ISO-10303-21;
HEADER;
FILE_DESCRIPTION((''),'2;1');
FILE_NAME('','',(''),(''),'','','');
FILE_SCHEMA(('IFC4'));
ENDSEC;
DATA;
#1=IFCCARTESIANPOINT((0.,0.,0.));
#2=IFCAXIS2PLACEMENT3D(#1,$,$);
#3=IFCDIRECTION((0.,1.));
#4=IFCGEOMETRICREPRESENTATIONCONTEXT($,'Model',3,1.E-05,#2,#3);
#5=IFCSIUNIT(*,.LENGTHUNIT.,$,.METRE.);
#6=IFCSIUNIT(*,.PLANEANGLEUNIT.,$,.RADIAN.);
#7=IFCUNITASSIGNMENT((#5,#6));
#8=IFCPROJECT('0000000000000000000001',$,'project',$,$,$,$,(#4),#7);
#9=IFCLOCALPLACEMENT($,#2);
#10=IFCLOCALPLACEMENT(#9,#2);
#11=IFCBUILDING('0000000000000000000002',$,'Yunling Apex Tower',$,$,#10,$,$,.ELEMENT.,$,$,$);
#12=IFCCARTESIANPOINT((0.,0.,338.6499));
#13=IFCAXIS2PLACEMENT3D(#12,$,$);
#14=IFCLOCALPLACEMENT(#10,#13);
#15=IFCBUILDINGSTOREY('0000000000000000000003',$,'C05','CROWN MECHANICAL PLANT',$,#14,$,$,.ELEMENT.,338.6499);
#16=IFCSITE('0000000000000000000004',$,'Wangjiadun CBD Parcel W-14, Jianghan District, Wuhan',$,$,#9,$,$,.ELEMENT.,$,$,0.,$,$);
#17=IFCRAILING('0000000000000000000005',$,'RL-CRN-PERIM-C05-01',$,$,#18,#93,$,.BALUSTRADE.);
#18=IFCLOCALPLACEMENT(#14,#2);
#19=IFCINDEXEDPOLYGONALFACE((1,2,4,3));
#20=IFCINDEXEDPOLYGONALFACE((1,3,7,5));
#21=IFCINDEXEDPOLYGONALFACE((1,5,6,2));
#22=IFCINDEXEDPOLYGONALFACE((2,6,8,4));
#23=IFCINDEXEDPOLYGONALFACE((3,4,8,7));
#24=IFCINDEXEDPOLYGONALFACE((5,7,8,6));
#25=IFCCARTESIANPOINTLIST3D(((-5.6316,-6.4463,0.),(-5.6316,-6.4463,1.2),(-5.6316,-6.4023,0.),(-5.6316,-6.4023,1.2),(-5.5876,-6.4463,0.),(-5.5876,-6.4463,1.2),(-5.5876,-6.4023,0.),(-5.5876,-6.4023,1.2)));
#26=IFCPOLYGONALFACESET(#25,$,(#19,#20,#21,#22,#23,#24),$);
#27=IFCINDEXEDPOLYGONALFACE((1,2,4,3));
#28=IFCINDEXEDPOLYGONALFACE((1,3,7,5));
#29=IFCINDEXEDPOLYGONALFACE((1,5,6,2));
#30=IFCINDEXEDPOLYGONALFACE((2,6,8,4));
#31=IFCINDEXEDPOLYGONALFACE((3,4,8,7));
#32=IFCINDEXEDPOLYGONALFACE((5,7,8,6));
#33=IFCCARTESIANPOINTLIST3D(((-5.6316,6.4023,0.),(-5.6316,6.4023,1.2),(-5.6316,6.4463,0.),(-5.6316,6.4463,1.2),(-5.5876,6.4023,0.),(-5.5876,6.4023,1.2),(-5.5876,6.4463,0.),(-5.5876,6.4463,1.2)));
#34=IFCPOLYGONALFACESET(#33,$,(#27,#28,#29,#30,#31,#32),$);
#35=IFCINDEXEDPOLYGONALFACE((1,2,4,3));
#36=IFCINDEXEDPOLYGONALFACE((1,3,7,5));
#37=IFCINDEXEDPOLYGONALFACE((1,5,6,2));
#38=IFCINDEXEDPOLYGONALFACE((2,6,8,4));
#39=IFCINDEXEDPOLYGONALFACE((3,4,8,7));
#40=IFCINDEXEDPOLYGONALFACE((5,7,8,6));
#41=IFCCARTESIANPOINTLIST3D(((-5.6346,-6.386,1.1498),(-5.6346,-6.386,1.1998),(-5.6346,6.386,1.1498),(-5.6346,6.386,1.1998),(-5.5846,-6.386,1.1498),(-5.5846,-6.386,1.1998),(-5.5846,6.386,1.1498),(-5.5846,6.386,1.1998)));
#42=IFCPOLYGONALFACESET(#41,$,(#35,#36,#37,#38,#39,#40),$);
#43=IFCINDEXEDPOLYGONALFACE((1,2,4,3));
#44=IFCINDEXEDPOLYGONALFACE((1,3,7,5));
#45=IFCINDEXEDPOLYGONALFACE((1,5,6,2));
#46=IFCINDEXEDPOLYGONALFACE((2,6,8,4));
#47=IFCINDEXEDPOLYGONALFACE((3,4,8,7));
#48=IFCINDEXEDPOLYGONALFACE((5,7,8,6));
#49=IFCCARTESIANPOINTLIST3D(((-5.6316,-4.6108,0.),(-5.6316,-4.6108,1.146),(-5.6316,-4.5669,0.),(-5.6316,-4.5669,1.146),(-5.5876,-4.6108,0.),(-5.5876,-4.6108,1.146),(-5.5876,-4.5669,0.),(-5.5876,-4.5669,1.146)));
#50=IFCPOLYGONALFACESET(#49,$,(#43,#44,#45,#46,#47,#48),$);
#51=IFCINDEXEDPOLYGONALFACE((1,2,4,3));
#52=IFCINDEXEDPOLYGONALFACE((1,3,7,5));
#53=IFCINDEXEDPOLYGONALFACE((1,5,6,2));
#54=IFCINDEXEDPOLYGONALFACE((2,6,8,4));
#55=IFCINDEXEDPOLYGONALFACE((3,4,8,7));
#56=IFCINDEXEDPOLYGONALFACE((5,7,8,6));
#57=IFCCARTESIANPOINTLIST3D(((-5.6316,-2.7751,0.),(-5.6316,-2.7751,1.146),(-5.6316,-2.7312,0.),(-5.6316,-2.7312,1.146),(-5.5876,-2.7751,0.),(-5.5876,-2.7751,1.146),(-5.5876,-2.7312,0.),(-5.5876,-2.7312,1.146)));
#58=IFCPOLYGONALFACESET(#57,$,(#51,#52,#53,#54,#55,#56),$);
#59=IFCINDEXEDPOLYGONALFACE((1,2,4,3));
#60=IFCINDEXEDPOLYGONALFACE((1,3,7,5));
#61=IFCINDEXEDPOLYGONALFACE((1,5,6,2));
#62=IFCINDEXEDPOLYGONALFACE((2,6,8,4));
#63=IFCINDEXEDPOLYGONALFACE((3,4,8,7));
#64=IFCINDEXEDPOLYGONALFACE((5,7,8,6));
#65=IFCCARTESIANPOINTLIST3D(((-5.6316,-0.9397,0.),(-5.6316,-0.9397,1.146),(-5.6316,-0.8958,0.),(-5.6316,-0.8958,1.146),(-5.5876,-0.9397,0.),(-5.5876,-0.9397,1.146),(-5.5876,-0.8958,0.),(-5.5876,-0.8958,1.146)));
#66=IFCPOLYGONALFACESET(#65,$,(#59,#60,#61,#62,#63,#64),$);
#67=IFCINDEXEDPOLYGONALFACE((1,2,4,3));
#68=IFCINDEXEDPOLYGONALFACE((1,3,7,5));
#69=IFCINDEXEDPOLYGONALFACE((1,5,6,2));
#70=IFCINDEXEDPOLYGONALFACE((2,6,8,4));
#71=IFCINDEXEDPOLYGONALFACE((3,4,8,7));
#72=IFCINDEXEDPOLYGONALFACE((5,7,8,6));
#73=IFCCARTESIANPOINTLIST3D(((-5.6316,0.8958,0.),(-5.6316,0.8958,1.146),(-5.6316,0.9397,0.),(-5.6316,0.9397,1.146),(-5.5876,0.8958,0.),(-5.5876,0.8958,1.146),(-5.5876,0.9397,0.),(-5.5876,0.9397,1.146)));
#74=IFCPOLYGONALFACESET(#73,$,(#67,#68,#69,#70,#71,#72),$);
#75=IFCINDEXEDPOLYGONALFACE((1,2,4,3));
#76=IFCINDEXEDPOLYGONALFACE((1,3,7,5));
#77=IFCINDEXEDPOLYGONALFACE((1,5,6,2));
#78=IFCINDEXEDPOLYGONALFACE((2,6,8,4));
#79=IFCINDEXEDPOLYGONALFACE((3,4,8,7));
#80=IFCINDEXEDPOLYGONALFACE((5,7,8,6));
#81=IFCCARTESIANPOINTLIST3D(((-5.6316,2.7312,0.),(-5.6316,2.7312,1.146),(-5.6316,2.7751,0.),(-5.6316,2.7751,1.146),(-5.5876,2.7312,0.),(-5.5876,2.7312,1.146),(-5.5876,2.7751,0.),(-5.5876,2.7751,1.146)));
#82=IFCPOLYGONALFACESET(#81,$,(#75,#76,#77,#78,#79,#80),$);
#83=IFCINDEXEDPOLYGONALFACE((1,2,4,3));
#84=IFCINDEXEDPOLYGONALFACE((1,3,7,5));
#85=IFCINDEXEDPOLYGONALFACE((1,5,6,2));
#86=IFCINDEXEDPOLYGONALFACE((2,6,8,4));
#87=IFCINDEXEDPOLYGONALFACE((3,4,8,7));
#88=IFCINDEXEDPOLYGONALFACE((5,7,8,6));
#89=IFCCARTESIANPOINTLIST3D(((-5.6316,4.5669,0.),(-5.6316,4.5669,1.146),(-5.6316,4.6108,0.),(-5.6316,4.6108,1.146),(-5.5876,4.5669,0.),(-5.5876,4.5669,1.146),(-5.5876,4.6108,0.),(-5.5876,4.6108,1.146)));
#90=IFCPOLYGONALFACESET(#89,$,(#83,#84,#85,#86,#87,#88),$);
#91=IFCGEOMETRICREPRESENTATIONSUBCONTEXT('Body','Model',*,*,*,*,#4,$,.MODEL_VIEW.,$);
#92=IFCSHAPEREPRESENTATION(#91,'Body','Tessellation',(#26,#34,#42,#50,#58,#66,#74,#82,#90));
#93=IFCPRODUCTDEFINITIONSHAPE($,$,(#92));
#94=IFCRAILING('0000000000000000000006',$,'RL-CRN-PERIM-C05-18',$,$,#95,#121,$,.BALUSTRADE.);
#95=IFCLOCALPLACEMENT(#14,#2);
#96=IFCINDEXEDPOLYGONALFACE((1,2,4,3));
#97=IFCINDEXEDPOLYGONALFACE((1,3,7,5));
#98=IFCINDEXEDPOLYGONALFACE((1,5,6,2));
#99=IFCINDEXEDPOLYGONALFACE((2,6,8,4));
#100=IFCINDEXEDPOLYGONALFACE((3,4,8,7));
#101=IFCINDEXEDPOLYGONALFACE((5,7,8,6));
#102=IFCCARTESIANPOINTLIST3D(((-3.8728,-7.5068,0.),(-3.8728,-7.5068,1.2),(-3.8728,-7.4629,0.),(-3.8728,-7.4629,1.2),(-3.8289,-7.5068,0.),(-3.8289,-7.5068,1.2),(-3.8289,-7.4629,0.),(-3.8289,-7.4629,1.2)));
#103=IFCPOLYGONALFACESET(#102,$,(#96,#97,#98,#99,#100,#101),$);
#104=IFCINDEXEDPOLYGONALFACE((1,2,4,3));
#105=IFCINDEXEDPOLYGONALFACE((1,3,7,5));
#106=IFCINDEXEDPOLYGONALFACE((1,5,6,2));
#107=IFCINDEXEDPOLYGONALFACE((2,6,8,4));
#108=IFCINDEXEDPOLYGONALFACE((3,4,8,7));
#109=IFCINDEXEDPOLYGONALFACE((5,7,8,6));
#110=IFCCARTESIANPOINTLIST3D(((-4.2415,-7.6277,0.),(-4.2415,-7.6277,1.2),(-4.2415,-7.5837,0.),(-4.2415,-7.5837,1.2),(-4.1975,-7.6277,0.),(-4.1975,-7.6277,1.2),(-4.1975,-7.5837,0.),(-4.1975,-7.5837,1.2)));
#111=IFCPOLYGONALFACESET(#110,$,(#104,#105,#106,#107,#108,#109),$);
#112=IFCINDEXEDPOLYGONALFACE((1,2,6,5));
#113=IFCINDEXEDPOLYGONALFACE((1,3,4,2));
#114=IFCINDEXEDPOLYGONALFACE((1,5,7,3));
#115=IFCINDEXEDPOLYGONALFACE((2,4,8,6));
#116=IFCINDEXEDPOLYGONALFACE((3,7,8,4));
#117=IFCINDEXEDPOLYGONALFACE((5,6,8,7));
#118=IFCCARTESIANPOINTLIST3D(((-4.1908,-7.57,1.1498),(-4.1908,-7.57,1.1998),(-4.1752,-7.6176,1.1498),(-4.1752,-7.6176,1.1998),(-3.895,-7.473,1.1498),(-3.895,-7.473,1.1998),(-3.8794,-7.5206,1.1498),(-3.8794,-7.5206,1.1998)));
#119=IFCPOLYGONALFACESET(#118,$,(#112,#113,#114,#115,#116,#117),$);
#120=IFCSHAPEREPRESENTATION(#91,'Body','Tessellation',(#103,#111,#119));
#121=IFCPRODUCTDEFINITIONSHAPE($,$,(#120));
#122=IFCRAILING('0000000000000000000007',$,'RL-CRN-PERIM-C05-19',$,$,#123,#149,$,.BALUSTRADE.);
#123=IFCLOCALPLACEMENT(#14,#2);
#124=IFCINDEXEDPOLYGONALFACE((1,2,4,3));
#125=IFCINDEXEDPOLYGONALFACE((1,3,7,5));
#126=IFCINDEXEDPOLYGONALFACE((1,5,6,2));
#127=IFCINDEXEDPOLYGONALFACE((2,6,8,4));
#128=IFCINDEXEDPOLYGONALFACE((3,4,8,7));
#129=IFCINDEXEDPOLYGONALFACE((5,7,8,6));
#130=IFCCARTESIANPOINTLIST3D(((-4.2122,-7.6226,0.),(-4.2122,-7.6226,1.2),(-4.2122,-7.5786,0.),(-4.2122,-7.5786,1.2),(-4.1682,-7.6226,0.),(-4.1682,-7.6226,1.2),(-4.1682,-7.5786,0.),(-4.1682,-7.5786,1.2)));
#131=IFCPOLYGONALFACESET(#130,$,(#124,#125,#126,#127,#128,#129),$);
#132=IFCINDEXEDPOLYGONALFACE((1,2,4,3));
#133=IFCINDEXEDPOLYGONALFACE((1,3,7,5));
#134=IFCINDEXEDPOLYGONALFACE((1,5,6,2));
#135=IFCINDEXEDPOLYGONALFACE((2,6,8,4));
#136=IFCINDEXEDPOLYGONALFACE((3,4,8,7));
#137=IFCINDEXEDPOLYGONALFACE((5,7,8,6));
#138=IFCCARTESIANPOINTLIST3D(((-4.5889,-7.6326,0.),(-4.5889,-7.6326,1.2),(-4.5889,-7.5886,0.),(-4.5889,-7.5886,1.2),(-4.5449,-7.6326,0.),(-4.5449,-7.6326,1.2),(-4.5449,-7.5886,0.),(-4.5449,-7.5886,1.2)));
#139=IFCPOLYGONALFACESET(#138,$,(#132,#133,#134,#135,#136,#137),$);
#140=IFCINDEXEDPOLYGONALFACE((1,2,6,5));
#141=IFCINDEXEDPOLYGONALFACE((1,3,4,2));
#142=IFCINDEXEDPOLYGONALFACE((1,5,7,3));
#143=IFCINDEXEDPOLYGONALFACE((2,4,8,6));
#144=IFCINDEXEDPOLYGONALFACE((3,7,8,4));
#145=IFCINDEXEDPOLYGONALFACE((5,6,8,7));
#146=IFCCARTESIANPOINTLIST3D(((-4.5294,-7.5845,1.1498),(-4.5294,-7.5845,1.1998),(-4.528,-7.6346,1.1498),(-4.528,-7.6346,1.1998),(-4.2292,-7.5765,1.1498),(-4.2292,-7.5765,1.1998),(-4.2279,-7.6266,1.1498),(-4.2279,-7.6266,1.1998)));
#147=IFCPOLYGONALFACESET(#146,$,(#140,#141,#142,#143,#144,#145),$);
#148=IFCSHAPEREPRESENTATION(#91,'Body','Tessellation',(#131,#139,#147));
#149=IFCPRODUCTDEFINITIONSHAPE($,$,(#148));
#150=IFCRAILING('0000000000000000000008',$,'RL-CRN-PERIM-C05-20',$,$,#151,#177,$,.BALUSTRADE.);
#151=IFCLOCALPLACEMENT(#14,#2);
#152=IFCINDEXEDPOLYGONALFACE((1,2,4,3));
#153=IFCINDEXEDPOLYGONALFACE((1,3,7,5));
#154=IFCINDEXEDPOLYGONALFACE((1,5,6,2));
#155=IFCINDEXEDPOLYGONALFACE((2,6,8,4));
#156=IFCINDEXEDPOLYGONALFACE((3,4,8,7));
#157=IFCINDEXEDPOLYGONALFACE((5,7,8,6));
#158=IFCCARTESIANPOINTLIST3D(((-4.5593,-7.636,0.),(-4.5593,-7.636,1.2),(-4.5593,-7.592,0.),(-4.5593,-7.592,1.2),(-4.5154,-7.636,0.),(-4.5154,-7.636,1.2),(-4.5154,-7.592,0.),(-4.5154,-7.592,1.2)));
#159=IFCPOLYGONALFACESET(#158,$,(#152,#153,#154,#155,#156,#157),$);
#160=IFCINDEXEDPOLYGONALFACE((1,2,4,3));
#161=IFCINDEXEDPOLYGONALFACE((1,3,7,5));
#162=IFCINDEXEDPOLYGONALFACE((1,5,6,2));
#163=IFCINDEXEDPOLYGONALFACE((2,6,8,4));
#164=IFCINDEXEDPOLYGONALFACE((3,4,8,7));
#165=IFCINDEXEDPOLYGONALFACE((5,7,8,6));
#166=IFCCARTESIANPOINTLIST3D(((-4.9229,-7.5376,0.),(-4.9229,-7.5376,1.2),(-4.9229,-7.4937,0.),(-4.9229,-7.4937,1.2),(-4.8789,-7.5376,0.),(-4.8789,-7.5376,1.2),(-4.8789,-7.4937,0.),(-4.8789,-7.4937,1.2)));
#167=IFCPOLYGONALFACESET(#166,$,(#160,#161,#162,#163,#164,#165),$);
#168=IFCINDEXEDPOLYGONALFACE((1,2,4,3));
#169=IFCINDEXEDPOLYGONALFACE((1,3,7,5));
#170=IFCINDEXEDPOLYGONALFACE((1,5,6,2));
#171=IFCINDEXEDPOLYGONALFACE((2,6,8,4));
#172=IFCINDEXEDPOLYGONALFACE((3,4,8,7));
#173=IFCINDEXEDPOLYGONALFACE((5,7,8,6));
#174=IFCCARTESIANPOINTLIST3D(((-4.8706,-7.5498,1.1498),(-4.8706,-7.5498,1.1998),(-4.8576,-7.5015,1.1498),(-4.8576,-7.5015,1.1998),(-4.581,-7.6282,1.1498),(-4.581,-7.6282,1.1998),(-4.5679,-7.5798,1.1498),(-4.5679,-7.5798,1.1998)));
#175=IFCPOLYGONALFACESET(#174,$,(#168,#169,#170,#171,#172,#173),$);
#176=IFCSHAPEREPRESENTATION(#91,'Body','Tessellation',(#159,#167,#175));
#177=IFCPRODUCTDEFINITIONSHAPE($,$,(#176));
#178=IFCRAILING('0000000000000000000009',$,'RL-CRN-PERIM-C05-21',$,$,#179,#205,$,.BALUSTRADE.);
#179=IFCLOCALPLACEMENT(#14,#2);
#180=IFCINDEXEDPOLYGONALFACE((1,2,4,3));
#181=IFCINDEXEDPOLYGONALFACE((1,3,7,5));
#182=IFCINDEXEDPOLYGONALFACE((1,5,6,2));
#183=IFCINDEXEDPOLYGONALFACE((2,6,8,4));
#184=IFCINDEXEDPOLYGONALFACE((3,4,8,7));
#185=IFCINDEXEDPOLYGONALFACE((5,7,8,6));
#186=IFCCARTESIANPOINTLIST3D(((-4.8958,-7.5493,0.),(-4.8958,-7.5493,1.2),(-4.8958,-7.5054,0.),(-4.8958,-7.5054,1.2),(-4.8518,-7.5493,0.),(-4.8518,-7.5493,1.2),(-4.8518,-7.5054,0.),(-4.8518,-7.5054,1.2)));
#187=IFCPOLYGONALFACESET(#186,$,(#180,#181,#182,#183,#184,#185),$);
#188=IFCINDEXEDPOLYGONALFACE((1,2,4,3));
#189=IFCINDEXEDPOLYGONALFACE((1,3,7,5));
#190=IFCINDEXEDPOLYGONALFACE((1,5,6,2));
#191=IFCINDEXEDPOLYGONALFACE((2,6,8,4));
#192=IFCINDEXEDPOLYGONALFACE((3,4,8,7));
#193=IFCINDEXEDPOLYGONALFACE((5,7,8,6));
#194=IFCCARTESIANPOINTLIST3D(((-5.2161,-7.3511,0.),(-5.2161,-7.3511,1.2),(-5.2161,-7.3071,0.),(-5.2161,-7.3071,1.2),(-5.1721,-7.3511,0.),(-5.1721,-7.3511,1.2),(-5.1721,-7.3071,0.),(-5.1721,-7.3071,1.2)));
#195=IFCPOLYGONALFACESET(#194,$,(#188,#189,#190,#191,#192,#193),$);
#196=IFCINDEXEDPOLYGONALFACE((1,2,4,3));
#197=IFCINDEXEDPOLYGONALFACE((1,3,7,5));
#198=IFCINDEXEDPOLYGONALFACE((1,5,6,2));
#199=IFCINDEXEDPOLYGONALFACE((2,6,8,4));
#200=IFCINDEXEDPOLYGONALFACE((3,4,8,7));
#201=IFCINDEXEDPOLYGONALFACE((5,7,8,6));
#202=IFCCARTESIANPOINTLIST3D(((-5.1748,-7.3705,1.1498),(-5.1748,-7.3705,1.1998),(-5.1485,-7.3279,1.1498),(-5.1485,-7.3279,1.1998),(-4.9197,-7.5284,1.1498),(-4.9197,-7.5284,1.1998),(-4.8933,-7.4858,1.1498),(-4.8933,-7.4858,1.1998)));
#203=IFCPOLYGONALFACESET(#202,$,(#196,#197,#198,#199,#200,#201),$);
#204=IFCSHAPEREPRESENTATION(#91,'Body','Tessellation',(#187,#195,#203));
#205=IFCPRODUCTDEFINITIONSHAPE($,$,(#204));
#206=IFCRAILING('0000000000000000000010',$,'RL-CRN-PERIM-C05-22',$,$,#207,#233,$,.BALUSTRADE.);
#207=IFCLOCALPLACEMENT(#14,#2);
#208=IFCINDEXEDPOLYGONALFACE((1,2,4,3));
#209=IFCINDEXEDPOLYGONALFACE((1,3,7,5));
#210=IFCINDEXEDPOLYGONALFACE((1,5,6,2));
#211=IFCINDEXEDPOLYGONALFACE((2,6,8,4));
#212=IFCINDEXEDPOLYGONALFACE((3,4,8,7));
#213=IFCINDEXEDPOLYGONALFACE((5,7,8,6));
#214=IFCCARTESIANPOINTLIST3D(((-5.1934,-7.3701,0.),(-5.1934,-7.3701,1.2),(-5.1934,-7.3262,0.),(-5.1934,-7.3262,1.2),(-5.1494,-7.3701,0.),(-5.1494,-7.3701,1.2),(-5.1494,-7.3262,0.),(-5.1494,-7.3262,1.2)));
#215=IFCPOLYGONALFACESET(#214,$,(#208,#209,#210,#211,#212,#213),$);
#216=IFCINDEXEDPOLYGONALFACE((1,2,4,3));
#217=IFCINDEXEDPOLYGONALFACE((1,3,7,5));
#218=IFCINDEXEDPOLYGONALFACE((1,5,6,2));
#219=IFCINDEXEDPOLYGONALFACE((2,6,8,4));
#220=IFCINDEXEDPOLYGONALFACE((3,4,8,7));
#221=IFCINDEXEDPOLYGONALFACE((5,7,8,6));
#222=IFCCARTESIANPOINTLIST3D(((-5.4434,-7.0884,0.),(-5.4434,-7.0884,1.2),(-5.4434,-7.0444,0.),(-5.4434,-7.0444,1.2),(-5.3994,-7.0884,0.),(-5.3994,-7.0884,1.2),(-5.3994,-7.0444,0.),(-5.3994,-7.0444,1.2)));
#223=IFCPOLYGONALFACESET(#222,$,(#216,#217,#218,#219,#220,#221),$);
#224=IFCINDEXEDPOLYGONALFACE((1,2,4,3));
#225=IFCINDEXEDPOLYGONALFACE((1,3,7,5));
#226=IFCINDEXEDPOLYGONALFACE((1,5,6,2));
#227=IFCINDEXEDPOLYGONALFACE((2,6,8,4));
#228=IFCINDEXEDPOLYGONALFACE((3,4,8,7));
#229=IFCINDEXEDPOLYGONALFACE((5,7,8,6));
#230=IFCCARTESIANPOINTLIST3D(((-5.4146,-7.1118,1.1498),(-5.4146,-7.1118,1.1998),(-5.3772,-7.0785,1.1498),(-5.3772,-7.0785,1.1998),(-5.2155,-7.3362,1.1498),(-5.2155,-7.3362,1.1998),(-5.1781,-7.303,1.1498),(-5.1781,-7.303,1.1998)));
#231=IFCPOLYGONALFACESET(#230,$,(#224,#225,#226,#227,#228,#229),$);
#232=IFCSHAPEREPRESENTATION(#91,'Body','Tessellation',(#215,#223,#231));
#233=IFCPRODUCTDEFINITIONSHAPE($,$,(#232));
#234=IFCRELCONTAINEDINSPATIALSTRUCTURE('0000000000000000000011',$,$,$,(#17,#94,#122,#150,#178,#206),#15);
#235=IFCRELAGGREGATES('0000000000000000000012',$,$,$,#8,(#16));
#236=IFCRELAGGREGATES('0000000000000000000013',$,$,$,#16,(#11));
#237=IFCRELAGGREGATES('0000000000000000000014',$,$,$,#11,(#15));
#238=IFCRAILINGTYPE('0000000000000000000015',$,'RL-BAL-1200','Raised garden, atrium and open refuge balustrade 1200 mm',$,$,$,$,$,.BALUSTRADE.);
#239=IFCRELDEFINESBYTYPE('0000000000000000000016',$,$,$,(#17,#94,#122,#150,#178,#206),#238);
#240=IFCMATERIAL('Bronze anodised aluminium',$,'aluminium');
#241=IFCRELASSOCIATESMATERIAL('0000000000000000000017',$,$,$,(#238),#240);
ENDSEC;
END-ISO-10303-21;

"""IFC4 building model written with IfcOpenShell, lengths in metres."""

from ifc_helpers import new_model, si_unit, direction, frame, origin, origin_2d, place, context, subcontext, project, spatial, rectangle, extrude, material, type_object, element, save


model = new_model("IFC4")

# Units and contexts
model_context = context("Model", 3, precision=1e-05, world=origin(), true_north=direction((0.0, 1.0)))
body_context = subcontext(model_context, "Body", "Model", "MODEL_VIEW")
ifc_project = project(units=[si_unit("LENGTHUNIT", "METRE"), si_unit("PLANEANGLEUNIT", "RADIAN")], contexts=[model_context])

# Site, building, storey
site_placement = place(None, origin())
site = spatial("IfcSite", under=ifc_project, at=site_placement, Name="Wangjiadun CBD Parcel W-14, Jianghan District, Wuhan", CompositionType="ELEMENT", RefElevation=0.0)
building_placement = place(site_placement, origin())
building = spatial("IfcBuilding", under=site, at=building_placement, Name="Yunling Apex Tower", CompositionType="ELEMENT")
storey_placement = place(building_placement, frame((0.0, 0.0, 338.6499)))
storey = spatial("IfcBuildingStorey", under=building, at=storey_placement, Name="C05", Description="CROWN MECHANICAL PLANT", CompositionType="ELEMENT", Elevation=338.6499)

# Shared definitions
ifc_material_1 = material(Name="Bronze anodised aluminium", Category="aluminium")

# Railings
railing_type_1 = type_object("IfcRailingType", Name="RL-BAL-1200", Description="Raised garden, atrium and open refuge balustrade 1200 mm", PredefinedType="BALUSTRADE", material=ifc_material_1)
railing_1_placement = place(storey_placement, frame((-5.6096, -6.4243, 0.0)))
element("IfcRailing", 1, at=railing_1_placement, inside=storey, type_object=railing_type_1, Name="RL-CRN-PERIM-C05-01", PredefinedType="BALUSTRADE", context=body_context, shape_type="SweptSolid", body=[
    extrude(rectangle(XDim=0.0439, YDim=0.0439, at=origin_2d()), origin(), (0.0, 0.0, 1.0), 1.2),
    extrude(rectangle(XDim=0.0439, YDim=0.0439, at=origin_2d()), frame((0.0, 12.8486, 0.0)), (0.0, 0.0, 1.0), 1.2),
    extrude(rectangle(XDim=0.05, YDim=0.05, at=origin_2d()), frame((0.0, 0.0383, 1.1748), z_axis=(0.0, 1.0, 0.0), x_axis=(-1.0, 0.0, 0.0)), (0.0, 0.0, 1.0), 12.772),
    extrude(rectangle(XDim=0.0439, YDim=0.0439, at=origin_2d()), frame((0.0, 1.8354, 0.0)), (0.0, 0.0, 1.0), 1.146),
    extrude(rectangle(XDim=0.0439, YDim=0.0439, at=origin_2d()), frame((0.0, 3.6711, 0.0)), (0.0, 0.0, 1.0), 1.146),
    extrude(rectangle(XDim=0.0439, YDim=0.0439, at=origin_2d()), frame((0.0, 5.5066, 0.0)), (0.0, 0.0, 1.0), 1.146),
    extrude(rectangle(XDim=0.0439, YDim=0.0439, at=origin_2d()), frame((0.0, 7.342, 0.0)), (0.0, 0.0, 1.0), 1.146),
    extrude(rectangle(XDim=0.0439, YDim=0.0439, at=origin_2d()), frame((0.0, 9.1775, 0.0)), (0.0, 0.0, 1.0), 1.146),
    extrude(rectangle(XDim=0.0439, YDim=0.0439, at=origin_2d()), frame((0.0, 11.0132, 0.0)), (0.0, 0.0, 1.0), 1.146),
])
railing_2_placement = place(storey_placement, frame((-3.8508, -7.4849, 0.0)))
element("IfcRailing", 2, at=railing_2_placement, inside=storey, type_object=railing_type_1, Name="RL-CRN-PERIM-C05-18", PredefinedType="BALUSTRADE", context=body_context, shape_type="SweptSolid", body=[
    extrude(rectangle(XDim=0.0439, YDim=0.0439, at=origin_2d()), origin(), (0.0, 0.0, 1.0), 1.2),
    extrude(rectangle(XDim=0.0439, YDim=0.0439, at=origin_2d()), frame((-0.3687, -0.1208, 0.0)), (0.0, 0.0, 1.0), 1.2),
    extrude(rectangle(XDim=0.05, YDim=0.05, at=origin_2d()), frame((-0.0364, -0.012, 1.1748), z_axis=(-0.950245, -0.311504, 0.0), x_axis=(0.311504, -0.950245, 0.0)), (0.0, 0.0, 1.0), 0.3113),
])
railing_3_placement = place(storey_placement, frame((-4.1902, -7.6006, 0.0)))
element("IfcRailing", 3, at=railing_3_placement, inside=storey, type_object=railing_type_1, Name="RL-CRN-PERIM-C05-19", PredefinedType="BALUSTRADE", context=body_context, shape_type="SweptSolid", body=[
    extrude(rectangle(XDim=0.0439, YDim=0.0439, at=origin_2d()), origin(), (0.0, 0.0, 1.0), 1.2),
    extrude(rectangle(XDim=0.0439, YDim=0.0439, at=origin_2d()), frame((-0.3767, -0.01, 0.0)), (0.0, 0.0, 1.0), 1.2),
    extrude(rectangle(XDim=0.05, YDim=0.05, at=origin_2d()), frame((-0.0383, -0.001, 1.1748), z_axis=(-0.999647, -0.026562, 0.0), x_axis=(0.026562, -0.999647, 0.0)), (0.0, 0.0, 1.0), 0.3003),
])
railing_4_placement = place(storey_placement, frame((-4.5374, -7.614, 0.0)))
element("IfcRailing", 4, at=railing_4_placement, inside=storey, type_object=railing_type_1, Name="RL-CRN-PERIM-C05-20", PredefinedType="BALUSTRADE", context=body_context, shape_type="SweptSolid", body=[
    extrude(rectangle(XDim=0.0439, YDim=0.0439, at=origin_2d()), origin(), (0.0, 0.0, 1.0), 1.2),
    extrude(rectangle(XDim=0.0439, YDim=0.0439, at=origin_2d()), frame((-0.3635, 0.0984, 0.0)), (0.0, 0.0, 1.0), 1.2),
    extrude(rectangle(XDim=0.05, YDim=0.05, at=origin_2d()), frame((-0.0371, 0.01, 1.1748), z_axis=(-0.965271, 0.261252, 0.0), x_axis=(-0.261252, -0.965271, 0.0)), (0.0, 0.0, 1.0), 0.3),
])
railing_5_placement = place(storey_placement, frame((-4.8738, -7.5273, 0.0)))
element("IfcRailing", 5, at=railing_5_placement, inside=storey, type_object=railing_type_1, Name="RL-CRN-PERIM-C05-21", PredefinedType="BALUSTRADE", context=body_context, shape_type="SweptSolid", body=[
    extrude(rectangle(XDim=0.0439, YDim=0.0439, at=origin_2d()), origin(), (0.0, 0.0, 1.0), 1.2),
    extrude(rectangle(XDim=0.0439, YDim=0.0439, at=origin_2d()), frame((-0.3203, 0.1982, 0.0)), (0.0, 0.0, 1.0), 1.2),
    extrude(rectangle(XDim=0.05, YDim=0.05, at=origin_2d()), frame((-0.0327, 0.0203, 1.1748), z_axis=(-0.85032, 0.526265, 0.0), x_axis=(-0.526265, -0.85032, 0.0)), (0.0, 0.0, 1.0), 0.3),
])
railing_6_placement = place(storey_placement, frame((-5.1714, -7.3481, 0.0)))
element("IfcRailing", 6, at=railing_6_placement, inside=storey, type_object=railing_type_1, Name="RL-CRN-PERIM-C05-22", PredefinedType="BALUSTRADE", context=body_context, shape_type="SweptSolid", body=[
    extrude(rectangle(XDim=0.0439, YDim=0.0439, at=origin_2d()), origin(), (0.0, 0.0, 1.0), 1.2),
    extrude(rectangle(XDim=0.0439, YDim=0.0439, at=origin_2d()), frame((-0.25, 0.2817, 0.0)), (0.0, 0.0, 1.0), 1.2),
    extrude(rectangle(XDim=0.05, YDim=0.05, at=origin_2d()), frame((-0.0254, 0.0286, 1.1748), z_axis=(-0.66372, 0.747981, 0.0), x_axis=(-0.747981, -0.66372, 0.0)), (0.0, 0.0, 1.0), 0.3),
])

save(model, "model.ifc")
